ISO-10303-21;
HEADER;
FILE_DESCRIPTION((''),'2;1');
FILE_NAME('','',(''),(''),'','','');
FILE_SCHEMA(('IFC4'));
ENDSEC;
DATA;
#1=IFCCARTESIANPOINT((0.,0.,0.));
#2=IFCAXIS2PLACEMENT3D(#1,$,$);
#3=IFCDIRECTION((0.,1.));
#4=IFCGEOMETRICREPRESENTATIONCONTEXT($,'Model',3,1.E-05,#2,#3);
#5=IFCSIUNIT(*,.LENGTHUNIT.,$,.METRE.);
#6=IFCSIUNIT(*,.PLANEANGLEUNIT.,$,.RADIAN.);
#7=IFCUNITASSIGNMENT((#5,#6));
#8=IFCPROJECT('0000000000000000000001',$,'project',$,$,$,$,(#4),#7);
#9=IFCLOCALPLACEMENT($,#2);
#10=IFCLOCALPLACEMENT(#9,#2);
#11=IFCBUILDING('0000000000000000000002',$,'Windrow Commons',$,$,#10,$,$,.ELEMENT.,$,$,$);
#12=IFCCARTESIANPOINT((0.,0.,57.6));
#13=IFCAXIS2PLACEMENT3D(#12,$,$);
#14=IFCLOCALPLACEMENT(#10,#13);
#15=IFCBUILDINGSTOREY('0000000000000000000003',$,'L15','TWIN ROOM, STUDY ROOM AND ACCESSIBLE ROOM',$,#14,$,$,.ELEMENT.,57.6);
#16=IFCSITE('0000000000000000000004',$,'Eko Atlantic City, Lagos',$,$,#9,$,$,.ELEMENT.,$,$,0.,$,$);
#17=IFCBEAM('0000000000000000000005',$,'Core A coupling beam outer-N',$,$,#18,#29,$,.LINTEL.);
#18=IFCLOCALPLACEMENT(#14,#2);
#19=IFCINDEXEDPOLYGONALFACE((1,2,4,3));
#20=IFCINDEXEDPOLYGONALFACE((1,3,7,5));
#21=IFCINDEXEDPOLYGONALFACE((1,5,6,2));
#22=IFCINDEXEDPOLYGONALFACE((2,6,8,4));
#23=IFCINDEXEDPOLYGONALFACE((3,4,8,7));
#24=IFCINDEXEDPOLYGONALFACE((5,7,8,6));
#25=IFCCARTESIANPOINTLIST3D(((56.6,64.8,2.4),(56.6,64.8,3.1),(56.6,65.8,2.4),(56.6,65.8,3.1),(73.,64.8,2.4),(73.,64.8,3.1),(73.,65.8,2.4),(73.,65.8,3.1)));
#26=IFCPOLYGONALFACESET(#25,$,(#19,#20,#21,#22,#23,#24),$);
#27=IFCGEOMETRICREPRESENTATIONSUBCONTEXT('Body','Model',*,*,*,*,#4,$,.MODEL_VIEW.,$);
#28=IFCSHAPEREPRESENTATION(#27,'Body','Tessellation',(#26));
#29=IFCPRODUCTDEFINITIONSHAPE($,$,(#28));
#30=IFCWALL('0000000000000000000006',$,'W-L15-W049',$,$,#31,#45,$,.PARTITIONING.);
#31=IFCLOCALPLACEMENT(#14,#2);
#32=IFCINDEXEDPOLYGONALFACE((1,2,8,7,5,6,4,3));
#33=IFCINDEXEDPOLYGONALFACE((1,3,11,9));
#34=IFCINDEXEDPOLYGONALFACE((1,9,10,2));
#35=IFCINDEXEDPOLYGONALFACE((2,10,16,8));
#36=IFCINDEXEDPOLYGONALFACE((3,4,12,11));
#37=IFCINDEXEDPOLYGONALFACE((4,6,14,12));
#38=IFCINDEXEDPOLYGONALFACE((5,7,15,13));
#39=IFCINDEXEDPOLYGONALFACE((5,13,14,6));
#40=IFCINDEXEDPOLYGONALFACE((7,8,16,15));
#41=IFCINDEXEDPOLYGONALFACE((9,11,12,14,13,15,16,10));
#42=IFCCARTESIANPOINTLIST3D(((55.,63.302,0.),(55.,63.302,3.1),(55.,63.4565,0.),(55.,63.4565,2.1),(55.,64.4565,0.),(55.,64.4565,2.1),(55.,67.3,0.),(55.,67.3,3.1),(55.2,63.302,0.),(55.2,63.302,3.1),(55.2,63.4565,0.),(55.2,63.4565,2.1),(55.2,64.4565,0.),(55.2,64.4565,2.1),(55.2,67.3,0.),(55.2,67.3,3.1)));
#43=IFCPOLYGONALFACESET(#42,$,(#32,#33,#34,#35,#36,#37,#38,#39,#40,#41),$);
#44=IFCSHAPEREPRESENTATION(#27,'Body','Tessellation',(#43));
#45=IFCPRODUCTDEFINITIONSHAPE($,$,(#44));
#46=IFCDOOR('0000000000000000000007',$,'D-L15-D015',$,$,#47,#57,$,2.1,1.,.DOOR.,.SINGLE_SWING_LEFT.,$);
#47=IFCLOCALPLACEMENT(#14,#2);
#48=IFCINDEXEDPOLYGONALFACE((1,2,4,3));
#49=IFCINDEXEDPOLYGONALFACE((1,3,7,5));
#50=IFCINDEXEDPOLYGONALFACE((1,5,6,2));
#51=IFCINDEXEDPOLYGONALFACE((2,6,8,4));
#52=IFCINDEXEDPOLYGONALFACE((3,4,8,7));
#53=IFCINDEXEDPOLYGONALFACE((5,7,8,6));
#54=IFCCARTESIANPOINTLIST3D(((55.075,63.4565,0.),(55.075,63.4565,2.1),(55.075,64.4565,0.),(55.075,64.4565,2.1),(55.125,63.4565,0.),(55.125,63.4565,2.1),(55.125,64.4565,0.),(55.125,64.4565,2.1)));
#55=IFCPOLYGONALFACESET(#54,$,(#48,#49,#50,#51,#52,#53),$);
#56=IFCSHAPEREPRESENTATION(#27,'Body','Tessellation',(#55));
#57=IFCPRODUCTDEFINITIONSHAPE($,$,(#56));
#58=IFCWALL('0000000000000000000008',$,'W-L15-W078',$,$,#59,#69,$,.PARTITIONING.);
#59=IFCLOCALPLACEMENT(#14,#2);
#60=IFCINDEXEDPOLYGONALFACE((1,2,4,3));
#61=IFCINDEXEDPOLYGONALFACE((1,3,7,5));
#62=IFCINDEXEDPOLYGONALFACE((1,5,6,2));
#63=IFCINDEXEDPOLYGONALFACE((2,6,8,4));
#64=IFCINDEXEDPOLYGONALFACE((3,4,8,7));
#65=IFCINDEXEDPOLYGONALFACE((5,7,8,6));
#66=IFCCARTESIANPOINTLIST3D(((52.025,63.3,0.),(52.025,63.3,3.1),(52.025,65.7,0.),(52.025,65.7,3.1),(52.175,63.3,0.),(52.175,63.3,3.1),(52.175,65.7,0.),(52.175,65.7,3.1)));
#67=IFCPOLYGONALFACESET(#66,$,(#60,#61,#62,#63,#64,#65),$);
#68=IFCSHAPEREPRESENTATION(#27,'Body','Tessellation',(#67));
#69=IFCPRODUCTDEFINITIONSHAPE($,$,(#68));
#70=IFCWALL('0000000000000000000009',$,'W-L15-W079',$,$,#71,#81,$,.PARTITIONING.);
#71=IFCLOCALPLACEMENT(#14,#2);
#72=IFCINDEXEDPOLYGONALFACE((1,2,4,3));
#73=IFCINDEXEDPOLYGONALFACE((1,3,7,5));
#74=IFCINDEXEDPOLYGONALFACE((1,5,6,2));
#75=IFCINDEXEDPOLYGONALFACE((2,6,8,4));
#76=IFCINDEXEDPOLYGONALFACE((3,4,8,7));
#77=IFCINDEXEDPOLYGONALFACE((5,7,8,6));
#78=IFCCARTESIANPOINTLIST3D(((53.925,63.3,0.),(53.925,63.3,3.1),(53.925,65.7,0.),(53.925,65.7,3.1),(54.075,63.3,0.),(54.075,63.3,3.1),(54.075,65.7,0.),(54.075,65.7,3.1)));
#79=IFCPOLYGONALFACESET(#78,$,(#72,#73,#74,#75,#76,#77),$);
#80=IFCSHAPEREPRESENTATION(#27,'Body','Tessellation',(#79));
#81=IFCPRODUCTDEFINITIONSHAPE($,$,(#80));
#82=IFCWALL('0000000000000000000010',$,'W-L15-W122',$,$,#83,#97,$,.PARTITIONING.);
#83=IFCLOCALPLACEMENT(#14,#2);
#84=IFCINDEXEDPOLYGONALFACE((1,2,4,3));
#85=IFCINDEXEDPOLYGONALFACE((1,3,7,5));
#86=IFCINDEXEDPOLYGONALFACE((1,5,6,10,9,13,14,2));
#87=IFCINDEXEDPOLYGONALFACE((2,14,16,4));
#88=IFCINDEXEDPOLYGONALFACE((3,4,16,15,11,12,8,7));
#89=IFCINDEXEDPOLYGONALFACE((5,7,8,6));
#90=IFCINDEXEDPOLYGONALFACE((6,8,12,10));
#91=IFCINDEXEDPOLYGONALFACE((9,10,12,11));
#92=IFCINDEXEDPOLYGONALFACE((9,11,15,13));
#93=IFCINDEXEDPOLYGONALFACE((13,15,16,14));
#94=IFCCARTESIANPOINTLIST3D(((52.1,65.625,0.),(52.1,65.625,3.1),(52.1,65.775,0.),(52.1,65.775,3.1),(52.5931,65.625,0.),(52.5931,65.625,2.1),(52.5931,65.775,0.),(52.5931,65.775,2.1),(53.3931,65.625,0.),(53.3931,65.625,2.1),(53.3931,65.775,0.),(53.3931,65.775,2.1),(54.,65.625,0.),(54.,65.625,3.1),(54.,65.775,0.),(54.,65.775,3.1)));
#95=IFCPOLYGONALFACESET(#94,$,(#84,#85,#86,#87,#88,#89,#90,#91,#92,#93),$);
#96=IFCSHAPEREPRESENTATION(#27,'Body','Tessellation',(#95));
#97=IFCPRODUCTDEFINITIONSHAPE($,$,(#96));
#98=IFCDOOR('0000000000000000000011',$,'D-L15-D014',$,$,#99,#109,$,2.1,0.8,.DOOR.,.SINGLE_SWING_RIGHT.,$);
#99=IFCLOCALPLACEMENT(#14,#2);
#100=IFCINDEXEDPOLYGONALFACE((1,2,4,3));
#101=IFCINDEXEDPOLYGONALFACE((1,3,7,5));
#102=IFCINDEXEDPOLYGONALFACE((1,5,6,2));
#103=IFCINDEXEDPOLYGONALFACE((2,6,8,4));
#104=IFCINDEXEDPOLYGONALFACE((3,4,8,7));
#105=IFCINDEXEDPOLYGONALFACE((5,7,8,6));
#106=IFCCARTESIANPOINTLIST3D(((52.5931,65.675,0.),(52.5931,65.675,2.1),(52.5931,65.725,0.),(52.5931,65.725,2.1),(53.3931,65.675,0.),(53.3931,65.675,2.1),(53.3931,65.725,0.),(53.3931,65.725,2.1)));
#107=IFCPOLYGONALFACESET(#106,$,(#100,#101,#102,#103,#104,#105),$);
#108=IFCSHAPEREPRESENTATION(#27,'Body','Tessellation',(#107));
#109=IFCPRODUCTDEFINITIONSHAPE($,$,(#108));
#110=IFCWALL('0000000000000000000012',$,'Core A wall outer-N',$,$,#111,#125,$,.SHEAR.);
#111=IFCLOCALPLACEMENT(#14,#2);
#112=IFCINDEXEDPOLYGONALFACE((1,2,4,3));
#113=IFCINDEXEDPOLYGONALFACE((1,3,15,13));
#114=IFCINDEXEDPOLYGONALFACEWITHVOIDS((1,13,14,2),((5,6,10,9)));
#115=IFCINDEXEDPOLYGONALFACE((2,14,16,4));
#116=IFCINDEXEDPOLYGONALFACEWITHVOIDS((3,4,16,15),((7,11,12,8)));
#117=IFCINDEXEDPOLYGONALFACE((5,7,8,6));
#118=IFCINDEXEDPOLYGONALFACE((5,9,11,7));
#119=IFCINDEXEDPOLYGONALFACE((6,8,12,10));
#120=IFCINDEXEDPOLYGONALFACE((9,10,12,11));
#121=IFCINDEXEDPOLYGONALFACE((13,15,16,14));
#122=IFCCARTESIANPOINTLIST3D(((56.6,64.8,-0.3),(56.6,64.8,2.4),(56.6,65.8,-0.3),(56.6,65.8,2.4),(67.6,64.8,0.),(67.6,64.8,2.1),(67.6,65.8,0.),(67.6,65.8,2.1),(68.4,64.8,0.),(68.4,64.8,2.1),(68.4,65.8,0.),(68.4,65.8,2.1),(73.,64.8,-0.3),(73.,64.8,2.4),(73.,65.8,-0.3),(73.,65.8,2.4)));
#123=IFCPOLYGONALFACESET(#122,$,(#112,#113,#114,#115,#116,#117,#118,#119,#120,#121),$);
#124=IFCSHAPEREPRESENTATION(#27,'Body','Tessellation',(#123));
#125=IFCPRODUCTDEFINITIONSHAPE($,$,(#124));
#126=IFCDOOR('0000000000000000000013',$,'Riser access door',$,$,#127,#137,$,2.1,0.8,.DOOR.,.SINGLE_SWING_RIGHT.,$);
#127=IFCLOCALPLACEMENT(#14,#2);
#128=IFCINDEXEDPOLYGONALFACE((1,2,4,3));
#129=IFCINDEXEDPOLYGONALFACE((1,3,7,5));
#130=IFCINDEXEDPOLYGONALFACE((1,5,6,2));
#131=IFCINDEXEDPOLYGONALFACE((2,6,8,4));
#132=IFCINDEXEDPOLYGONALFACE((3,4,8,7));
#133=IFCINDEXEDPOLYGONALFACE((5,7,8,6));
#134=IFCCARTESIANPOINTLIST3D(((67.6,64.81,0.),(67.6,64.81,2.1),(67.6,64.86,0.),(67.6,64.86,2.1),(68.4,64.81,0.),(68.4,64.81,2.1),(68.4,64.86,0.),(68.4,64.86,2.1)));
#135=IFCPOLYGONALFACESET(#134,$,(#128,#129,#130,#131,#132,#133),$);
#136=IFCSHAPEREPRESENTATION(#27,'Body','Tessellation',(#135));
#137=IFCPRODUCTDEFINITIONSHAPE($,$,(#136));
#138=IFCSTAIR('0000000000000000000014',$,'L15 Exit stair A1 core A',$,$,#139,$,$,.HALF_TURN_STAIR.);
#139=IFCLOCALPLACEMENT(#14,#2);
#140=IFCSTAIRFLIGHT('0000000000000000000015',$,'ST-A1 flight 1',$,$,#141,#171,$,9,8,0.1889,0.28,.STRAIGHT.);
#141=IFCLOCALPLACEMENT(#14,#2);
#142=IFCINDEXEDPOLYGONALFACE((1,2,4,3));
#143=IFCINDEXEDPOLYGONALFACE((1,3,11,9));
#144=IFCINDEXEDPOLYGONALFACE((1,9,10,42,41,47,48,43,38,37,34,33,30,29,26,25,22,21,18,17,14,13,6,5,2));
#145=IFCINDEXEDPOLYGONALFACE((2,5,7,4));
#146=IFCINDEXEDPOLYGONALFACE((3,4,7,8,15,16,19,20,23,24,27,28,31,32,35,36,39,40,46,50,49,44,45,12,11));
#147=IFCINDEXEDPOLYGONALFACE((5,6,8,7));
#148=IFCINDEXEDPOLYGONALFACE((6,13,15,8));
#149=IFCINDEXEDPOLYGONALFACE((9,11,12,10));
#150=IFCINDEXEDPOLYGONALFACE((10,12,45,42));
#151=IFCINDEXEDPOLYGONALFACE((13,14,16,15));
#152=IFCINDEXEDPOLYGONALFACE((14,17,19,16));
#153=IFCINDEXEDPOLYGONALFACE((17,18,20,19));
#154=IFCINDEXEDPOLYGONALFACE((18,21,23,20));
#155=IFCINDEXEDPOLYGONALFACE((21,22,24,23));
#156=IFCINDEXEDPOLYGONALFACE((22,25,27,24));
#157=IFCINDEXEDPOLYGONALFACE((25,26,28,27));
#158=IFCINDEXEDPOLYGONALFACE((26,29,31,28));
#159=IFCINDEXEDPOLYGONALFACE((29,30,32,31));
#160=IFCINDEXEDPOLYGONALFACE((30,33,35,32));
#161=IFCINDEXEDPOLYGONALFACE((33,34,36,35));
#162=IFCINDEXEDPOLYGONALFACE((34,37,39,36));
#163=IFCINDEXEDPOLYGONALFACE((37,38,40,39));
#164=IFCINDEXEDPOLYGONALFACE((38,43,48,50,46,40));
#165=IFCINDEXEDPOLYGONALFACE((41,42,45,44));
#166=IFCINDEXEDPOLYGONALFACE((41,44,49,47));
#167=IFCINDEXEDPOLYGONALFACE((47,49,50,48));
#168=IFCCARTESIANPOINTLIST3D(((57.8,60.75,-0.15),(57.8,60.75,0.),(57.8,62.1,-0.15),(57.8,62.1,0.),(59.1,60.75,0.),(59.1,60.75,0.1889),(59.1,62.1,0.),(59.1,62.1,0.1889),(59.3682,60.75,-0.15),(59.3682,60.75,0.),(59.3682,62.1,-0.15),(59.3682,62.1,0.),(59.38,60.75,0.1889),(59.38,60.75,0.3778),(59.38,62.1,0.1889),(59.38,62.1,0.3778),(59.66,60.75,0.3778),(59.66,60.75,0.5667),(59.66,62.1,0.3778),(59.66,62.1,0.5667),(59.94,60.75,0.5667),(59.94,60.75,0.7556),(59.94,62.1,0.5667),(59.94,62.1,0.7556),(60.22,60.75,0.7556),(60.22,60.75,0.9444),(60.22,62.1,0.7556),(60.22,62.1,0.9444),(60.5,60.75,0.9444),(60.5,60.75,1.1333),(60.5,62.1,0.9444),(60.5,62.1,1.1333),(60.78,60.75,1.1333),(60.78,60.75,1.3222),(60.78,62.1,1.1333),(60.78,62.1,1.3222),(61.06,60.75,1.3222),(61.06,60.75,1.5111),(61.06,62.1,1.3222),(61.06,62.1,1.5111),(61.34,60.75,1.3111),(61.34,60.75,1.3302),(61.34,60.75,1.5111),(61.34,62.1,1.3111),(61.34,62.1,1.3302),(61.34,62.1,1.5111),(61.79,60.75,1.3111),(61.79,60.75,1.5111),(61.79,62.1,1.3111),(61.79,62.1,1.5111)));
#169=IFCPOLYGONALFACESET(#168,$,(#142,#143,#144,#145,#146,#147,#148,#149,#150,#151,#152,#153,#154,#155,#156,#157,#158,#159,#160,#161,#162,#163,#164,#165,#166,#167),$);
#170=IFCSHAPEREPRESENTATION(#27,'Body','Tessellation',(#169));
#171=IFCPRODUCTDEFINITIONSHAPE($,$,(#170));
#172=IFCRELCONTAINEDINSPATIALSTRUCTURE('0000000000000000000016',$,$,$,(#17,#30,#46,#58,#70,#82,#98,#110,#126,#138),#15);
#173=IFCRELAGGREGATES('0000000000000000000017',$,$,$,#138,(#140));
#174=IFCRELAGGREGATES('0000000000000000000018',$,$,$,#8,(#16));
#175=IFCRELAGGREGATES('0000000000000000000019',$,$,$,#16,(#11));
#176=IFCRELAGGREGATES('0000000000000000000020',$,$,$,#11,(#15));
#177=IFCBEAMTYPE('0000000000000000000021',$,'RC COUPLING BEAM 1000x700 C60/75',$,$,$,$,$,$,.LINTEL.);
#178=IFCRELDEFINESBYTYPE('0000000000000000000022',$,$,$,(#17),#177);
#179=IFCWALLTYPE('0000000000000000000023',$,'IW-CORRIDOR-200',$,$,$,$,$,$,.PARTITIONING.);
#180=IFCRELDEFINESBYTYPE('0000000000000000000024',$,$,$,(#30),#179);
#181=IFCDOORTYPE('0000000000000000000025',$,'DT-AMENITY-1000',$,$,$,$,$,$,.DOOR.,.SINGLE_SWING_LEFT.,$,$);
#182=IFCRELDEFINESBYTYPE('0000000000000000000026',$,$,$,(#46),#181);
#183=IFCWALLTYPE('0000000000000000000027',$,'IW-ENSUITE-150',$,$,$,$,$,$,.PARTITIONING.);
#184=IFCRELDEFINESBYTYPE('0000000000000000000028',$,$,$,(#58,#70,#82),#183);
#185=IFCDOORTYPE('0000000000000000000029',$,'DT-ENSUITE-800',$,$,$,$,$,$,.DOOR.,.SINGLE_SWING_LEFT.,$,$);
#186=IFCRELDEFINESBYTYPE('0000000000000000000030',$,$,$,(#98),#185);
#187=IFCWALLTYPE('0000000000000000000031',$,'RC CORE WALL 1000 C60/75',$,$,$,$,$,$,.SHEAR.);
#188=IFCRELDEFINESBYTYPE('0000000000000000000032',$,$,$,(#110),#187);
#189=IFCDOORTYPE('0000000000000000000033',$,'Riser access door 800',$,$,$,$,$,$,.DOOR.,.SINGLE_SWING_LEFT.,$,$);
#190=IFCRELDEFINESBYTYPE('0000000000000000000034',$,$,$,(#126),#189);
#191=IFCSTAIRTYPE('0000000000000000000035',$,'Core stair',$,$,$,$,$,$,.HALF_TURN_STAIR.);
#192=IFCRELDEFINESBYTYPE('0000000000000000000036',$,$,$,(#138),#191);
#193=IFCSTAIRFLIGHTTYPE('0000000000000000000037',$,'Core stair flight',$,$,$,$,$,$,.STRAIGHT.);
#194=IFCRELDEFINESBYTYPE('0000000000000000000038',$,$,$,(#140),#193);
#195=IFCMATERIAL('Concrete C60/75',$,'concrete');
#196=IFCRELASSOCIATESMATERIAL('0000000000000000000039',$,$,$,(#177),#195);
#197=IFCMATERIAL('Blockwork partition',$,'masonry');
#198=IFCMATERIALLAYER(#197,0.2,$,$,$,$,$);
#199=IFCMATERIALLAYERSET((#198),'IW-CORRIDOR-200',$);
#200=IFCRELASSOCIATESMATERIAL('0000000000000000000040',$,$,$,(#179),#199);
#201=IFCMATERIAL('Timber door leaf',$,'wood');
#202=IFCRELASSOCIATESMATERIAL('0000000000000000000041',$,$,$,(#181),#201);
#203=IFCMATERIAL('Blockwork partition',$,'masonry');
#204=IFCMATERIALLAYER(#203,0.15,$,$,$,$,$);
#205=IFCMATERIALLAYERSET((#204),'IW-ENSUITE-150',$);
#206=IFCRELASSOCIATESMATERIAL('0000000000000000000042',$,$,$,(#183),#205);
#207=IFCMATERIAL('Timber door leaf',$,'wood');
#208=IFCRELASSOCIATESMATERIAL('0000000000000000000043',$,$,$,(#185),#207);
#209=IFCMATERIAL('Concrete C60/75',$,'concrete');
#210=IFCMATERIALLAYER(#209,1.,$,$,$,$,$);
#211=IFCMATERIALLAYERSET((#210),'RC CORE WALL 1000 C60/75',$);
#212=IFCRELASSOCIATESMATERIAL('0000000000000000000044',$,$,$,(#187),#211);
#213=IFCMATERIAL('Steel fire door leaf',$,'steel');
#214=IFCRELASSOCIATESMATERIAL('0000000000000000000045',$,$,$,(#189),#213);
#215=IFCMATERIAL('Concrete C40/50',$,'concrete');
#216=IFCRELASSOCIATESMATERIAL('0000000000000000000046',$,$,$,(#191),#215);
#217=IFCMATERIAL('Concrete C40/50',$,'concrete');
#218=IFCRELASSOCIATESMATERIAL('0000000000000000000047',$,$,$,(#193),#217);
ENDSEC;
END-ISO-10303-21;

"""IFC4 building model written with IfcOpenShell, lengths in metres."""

from ifc_helpers import new_model, si_unit, direction, frame, frame_2d, origin, origin_2d, place, context, subcontext, project, spatial, polyline, rectangle, outline, extrude, material, layer, layer_set, material_profile, profile_set, type_object, element, fill, aggregate, save


model = new_model("IFC4")

# Units and contexts
model_context = context("Model", 3, precision=1e-05, world=origin(), true_north=direction((0.0, 1.0)))
body_context = subcontext(model_context, "Body", "Model", "MODEL_VIEW")
ifc_project = project(units=[si_unit("LENGTHUNIT", "METRE"), si_unit("PLANEANGLEUNIT", "RADIAN")], contexts=[model_context])

# Site, building, storey
site_placement = place(None, origin())
site = spatial("IfcSite", under=ifc_project, at=site_placement, Name="Eko Atlantic City, Lagos", CompositionType="ELEMENT", RefElevation=0.0)
building_placement = place(site_placement, origin())
building = spatial("IfcBuilding", under=site, at=building_placement, Name="Windrow Commons", CompositionType="ELEMENT")
storey_placement = place(building_placement, frame((0.0, 0.0, 57.6)))
storey = spatial("IfcBuildingStorey", under=building, at=storey_placement, Name="L15", Description="TWIN ROOM, STUDY ROOM AND ACCESSIBLE ROOM", CompositionType="ELEMENT", Elevation=57.6)

# Beam
ifc_material_1 = material(Name="Concrete C60/75", Category="concrete")
ifc_material_profile = material_profile(ifc_material_1, rectangle(XDim=1.0, YDim=0.7, at=origin_2d()))
ifc_profile_set = profile_set([ifc_material_profile], Name="Concrete C60/75")
beam_type = type_object("IfcBeamType", Name="RC COUPLING BEAM 1000x700 C60/75", PredefinedType="LINTEL", material=ifc_profile_set)
beam_placement = place(storey_placement, frame((56.6, 65.3, 2.75), z_axis=(1.0, 0.0, 0.0), x_axis=(0.0, 1.0, 0.0)))
element("IfcBeam", 1, at=beam_placement, inside=storey, type_object=beam_type, Name="Core A coupling beam outer-N", PredefinedType="LINTEL", context=body_context, shape_type="SweptSolid", body=[
    extrude(rectangle(XDim=1.0, YDim=0.7, at=origin_2d()), origin(), (0.0, 0.0, 1.0), 16.4),
])

# Wall, opening, door
ifc_material_2 = material(Name="Blockwork partition", Category="masonry")
ifc_layer_1 = layer(ifc_material_2, 0.2)
ifc_layer_set_1 = layer_set([ifc_layer_1], Name="IW-CORRIDOR-200")
wall_type_1 = type_object("IfcWallType", Name="IW-CORRIDOR-200", PredefinedType="PARTITIONING", material=ifc_layer_set_1)
wall_1_placement = place(storey_placement, frame((55.1, 63.302, 0.0), z_axis=(0.0, 0.0, 1.0), x_axis=(0.0, 1.0, 0.0)))
wall_1 = element("IfcWall", 2, at=wall_1_placement, inside=storey, type_object=wall_type_1, Name="W-L15-W049", PredefinedType="PARTITIONING", context=body_context, shape_type="SweptSolid", body=[
    extrude(rectangle(XDim=3.998, YDim=0.2, at=frame_2d((1.999, 0.0))), origin(), (0.0, 0.0, 1.0), 3.1),
])
opening_1_placement = place(wall_1_placement, frame((0.1545, 0.0, 0.0)))
opening_1 = element("IfcOpeningElement", 3, at=opening_1_placement, cuts=wall_1, PredefinedType="OPENING", context=body_context, shape_type="SweptSolid", body=[
    extrude(rectangle(XDim=1.0, YDim=2.1, at=frame_2d((0.5, 1.05))), frame((0.0, 0.11, 0.0), z_axis=(0.0, -1.0, 0.0), x_axis=(1.0, 0.0, 0.0)), (0.0, 0.0, 1.0), 0.22),
])
ifc_material_3 = material(Name="Timber door leaf", Category="wood")
door_type_1 = type_object("IfcDoorType", Name="DT-AMENITY-1000", OperationType="SINGLE_SWING_LEFT", PredefinedType="DOOR", material=ifc_material_3)
door_1_placement = place(opening_1_placement, origin())
door_1 = element("IfcDoor", 4, at=door_1_placement, inside=storey, type_object=door_type_1, Name="D-L15-D015", OperationType="SINGLE_SWING_LEFT", OverallHeight=2.1, OverallWidth=1.0, PredefinedType="DOOR", context=body_context, shape_type="SweptSolid", body=[
    extrude(rectangle(XDim=1.0, YDim=2.1, at=frame_2d((0.5, 1.05))), frame((0.0, 0.025, 0.0), z_axis=(0.0, -1.0, 0.0), x_axis=(1.0, 0.0, 0.0)), (0.0, 0.0, 1.0), 0.05),
])
fill(opening_1, door_1)

# Walls
ifc_material_4 = material(Name="Blockwork partition", Category="masonry")
ifc_layer_2 = layer(ifc_material_4, 0.15)
ifc_layer_set_2 = layer_set([ifc_layer_2], Name="IW-ENSUITE-150")
wall_type_2 = type_object("IfcWallType", Name="IW-ENSUITE-150", PredefinedType="PARTITIONING", material=ifc_layer_set_2)
for number, where, z_axis, x_axis, name in (
    (5, (52.1, 63.3, 0.0), (0.0, 0.0, 1.0), (0.0, 1.0, 0.0), "W-L15-W078"),
    (6, (54.0, 63.3, 0.0), (0.0, 0.0, 1.0), (0.0, 1.0, 0.0), "W-L15-W079"),
):
    element("IfcWall", number, at=place(storey_placement, frame(where, z_axis=z_axis, x_axis=x_axis)), inside=storey, type_object=wall_type_2, Name=name, PredefinedType="PARTITIONING", context=body_context, shape_type="SweptSolid", body=[
        extrude(rectangle(XDim=2.4, YDim=0.15, at=frame_2d((1.2, 0.0))), origin(), (0.0, 0.0, 1.0), 3.1),
    ])

# Walls, openings, doors
wall_2_placement = place(storey_placement, frame((52.1, 65.7, 0.0), z_axis=(0.0, 0.0, 1.0), x_axis=(1.0, 0.0, 0.0)))
wall_2 = element("IfcWall", 7, at=wall_2_placement, inside=storey, type_object=wall_type_2, Name="W-L15-W122", PredefinedType="PARTITIONING", context=body_context, shape_type="SweptSolid", body=[
    extrude(rectangle(XDim=1.9, YDim=0.15, at=frame_2d((0.95, 0.0))), origin(), (0.0, 0.0, 1.0), 3.1),
])
opening_2_placement = place(wall_2_placement, frame((0.4931, 0.0, 0.0)))
opening_2 = element("IfcOpeningElement", 8, at=opening_2_placement, cuts=wall_2, PredefinedType="OPENING", context=body_context, shape_type="SweptSolid", body=[
    extrude(rectangle(XDim=0.8, YDim=2.1, at=frame_2d((0.4, 1.05))), frame((0.0, 0.085, 0.0), z_axis=(0.0, -1.0, 0.0), x_axis=(1.0, 0.0, 0.0)), (0.0, 0.0, 1.0), 0.17),
])
ifc_material_5 = material(Name="Timber door leaf", Category="wood")
door_type_2 = type_object("IfcDoorType", Name="DT-ENSUITE-800", OperationType="SINGLE_SWING_LEFT", PredefinedType="DOOR", material=ifc_material_5)
door_2_placement = place(opening_2_placement, origin())
door_2 = element("IfcDoor", 9, at=door_2_placement, inside=storey, type_object=door_type_2, Name="D-L15-D014", OperationType="SINGLE_SWING_RIGHT", OverallHeight=2.1, OverallWidth=0.8, PredefinedType="DOOR", context=body_context, shape_type="SweptSolid", body=[
    extrude(rectangle(XDim=0.8, YDim=2.1, at=frame_2d((0.4, 1.05))), frame((0.0, 0.025, 0.0), z_axis=(0.0, -1.0, 0.0), x_axis=(1.0, 0.0, 0.0)), (0.0, 0.0, 1.0), 0.05),
])
fill(opening_2, door_2)
ifc_material_6 = material(Name="Concrete C60/75", Category="concrete")
ifc_layer_3 = layer(ifc_material_6, 1.0)
ifc_layer_set_3 = layer_set([ifc_layer_3], Name="RC CORE WALL 1000 C60/75")
wall_type_3 = type_object("IfcWallType", Name="RC CORE WALL 1000 C60/75", PredefinedType="SHEAR", material=ifc_layer_set_3)
wall_3_placement = place(storey_placement, frame((56.6, 65.3, -0.3), z_axis=(0.0, 0.0, 1.0), x_axis=(1.0, 0.0, 0.0)))
wall_3 = element("IfcWall", 10, at=wall_3_placement, inside=storey, type_object=wall_type_3, Name="Core A wall outer-N", PredefinedType="SHEAR", context=body_context, shape_type="SweptSolid", body=[
    extrude(rectangle(XDim=16.4, YDim=1.0, at=frame_2d((8.2, 0.0))), origin(), (0.0, 0.0, 1.0), 2.7),
])
opening_3_placement = place(wall_3_placement, frame((11.0, 0.0, 0.3)))
opening_3 = element("IfcOpeningElement", 11, at=opening_3_placement, cuts=wall_3, PredefinedType="OPENING", context=body_context, shape_type="SweptSolid", body=[
    extrude(rectangle(XDim=0.8, YDim=2.1, at=frame_2d((0.4, 1.05))), frame((0.0, 0.51, 0.0), z_axis=(0.0, -1.0, 0.0), x_axis=(1.0, 0.0, 0.0)), (0.0, 0.0, 1.0), 1.02),
])
ifc_material_7 = material(Name="Steel fire door leaf", Category="steel")
door_type_3 = type_object("IfcDoorType", Name="Riser access door 800", OperationType="SINGLE_SWING_LEFT", PredefinedType="DOOR", material=ifc_material_7)
door_3_placement = place(opening_3_placement, origin())
door_3 = element("IfcDoor", 12, at=door_3_placement, inside=storey, type_object=door_type_3, Name="Riser access door", OperationType="SINGLE_SWING_RIGHT", OverallHeight=2.1, OverallWidth=0.8, PredefinedType="DOOR", context=body_context, shape_type="SweptSolid", body=[
    extrude(rectangle(XDim=0.8, YDim=2.1, at=frame_2d((0.4, 1.05))), frame((0.0, -0.44, 0.0), z_axis=(0.0, -1.0, 0.0), x_axis=(1.0, 0.0, 0.0)), (0.0, 0.0, 1.0), 0.05),
])
fill(opening_3, door_3)

# Stair, stair flight
ifc_material_8 = material(Name="Concrete C40/50", Category="concrete")
stair_type = type_object("IfcStairType", Name="Core stair", PredefinedType="HALF_TURN_STAIR", material=ifc_material_8)
stair_placement = place(storey_placement, origin())
stair = element("IfcStair", 13, at=stair_placement, inside=storey, type_object=stair_type, Name="L15 Exit stair A1 core A", PredefinedType="HALF_TURN_STAIR")
ifc_material_9 = material(Name="Concrete C40/50", Category="concrete")
stair_flight_type = type_object("IfcStairFlightType", Name="Core stair flight", PredefinedType="STRAIGHT", material=ifc_material_9)
stair_flight_placement = place(storey_placement, frame((59.1, 61.425, 0.0), z_axis=(0.0, 0.0, 1.0), x_axis=(1.0, 0.0, 0.0)))
stair_flight = element("IfcStairFlight", 14, at=stair_flight_placement, type_object=stair_flight_type, Name="ST-A1 flight 1", NumberOfRisers=9, NumberOfTreads=8, PredefinedType="STRAIGHT", RiserHeight=0.1889, TreadLength=0.28, context=body_context, shape_type="SweptSolid", body=[
    extrude(outline(polyline([(-1.3, -0.15), (-1.3, 0.0), (0.0, 0.0), (0.0, 0.1889), (0.28, 0.1889), (0.28, 0.3778), (0.56, 0.3778), (0.56, 0.5667), (0.84, 0.5667), (0.84, 0.7556), (1.12, 0.7556), (1.12, 0.9444), (1.4, 0.9444), (1.4, 1.1333), (1.68, 1.1333), (1.68, 1.3222), (1.96, 1.3222), (1.96, 1.5111), (2.24, 1.5111), (2.69, 1.5111), (2.69, 1.3111), (2.24, 1.3111), (2.24, 1.3302), (0.2682, 0.0), (0.2682, -0.15), (-1.3, -0.15)])), frame((0.0, 0.675, 0.0), z_axis=(0.0, -1.0, 0.0), x_axis=(1.0, 0.0, 0.0)), (0.0, 0.0, 1.0), 1.35),
])
aggregate(stair, [stair_flight])

save(model, "model.ifc")
